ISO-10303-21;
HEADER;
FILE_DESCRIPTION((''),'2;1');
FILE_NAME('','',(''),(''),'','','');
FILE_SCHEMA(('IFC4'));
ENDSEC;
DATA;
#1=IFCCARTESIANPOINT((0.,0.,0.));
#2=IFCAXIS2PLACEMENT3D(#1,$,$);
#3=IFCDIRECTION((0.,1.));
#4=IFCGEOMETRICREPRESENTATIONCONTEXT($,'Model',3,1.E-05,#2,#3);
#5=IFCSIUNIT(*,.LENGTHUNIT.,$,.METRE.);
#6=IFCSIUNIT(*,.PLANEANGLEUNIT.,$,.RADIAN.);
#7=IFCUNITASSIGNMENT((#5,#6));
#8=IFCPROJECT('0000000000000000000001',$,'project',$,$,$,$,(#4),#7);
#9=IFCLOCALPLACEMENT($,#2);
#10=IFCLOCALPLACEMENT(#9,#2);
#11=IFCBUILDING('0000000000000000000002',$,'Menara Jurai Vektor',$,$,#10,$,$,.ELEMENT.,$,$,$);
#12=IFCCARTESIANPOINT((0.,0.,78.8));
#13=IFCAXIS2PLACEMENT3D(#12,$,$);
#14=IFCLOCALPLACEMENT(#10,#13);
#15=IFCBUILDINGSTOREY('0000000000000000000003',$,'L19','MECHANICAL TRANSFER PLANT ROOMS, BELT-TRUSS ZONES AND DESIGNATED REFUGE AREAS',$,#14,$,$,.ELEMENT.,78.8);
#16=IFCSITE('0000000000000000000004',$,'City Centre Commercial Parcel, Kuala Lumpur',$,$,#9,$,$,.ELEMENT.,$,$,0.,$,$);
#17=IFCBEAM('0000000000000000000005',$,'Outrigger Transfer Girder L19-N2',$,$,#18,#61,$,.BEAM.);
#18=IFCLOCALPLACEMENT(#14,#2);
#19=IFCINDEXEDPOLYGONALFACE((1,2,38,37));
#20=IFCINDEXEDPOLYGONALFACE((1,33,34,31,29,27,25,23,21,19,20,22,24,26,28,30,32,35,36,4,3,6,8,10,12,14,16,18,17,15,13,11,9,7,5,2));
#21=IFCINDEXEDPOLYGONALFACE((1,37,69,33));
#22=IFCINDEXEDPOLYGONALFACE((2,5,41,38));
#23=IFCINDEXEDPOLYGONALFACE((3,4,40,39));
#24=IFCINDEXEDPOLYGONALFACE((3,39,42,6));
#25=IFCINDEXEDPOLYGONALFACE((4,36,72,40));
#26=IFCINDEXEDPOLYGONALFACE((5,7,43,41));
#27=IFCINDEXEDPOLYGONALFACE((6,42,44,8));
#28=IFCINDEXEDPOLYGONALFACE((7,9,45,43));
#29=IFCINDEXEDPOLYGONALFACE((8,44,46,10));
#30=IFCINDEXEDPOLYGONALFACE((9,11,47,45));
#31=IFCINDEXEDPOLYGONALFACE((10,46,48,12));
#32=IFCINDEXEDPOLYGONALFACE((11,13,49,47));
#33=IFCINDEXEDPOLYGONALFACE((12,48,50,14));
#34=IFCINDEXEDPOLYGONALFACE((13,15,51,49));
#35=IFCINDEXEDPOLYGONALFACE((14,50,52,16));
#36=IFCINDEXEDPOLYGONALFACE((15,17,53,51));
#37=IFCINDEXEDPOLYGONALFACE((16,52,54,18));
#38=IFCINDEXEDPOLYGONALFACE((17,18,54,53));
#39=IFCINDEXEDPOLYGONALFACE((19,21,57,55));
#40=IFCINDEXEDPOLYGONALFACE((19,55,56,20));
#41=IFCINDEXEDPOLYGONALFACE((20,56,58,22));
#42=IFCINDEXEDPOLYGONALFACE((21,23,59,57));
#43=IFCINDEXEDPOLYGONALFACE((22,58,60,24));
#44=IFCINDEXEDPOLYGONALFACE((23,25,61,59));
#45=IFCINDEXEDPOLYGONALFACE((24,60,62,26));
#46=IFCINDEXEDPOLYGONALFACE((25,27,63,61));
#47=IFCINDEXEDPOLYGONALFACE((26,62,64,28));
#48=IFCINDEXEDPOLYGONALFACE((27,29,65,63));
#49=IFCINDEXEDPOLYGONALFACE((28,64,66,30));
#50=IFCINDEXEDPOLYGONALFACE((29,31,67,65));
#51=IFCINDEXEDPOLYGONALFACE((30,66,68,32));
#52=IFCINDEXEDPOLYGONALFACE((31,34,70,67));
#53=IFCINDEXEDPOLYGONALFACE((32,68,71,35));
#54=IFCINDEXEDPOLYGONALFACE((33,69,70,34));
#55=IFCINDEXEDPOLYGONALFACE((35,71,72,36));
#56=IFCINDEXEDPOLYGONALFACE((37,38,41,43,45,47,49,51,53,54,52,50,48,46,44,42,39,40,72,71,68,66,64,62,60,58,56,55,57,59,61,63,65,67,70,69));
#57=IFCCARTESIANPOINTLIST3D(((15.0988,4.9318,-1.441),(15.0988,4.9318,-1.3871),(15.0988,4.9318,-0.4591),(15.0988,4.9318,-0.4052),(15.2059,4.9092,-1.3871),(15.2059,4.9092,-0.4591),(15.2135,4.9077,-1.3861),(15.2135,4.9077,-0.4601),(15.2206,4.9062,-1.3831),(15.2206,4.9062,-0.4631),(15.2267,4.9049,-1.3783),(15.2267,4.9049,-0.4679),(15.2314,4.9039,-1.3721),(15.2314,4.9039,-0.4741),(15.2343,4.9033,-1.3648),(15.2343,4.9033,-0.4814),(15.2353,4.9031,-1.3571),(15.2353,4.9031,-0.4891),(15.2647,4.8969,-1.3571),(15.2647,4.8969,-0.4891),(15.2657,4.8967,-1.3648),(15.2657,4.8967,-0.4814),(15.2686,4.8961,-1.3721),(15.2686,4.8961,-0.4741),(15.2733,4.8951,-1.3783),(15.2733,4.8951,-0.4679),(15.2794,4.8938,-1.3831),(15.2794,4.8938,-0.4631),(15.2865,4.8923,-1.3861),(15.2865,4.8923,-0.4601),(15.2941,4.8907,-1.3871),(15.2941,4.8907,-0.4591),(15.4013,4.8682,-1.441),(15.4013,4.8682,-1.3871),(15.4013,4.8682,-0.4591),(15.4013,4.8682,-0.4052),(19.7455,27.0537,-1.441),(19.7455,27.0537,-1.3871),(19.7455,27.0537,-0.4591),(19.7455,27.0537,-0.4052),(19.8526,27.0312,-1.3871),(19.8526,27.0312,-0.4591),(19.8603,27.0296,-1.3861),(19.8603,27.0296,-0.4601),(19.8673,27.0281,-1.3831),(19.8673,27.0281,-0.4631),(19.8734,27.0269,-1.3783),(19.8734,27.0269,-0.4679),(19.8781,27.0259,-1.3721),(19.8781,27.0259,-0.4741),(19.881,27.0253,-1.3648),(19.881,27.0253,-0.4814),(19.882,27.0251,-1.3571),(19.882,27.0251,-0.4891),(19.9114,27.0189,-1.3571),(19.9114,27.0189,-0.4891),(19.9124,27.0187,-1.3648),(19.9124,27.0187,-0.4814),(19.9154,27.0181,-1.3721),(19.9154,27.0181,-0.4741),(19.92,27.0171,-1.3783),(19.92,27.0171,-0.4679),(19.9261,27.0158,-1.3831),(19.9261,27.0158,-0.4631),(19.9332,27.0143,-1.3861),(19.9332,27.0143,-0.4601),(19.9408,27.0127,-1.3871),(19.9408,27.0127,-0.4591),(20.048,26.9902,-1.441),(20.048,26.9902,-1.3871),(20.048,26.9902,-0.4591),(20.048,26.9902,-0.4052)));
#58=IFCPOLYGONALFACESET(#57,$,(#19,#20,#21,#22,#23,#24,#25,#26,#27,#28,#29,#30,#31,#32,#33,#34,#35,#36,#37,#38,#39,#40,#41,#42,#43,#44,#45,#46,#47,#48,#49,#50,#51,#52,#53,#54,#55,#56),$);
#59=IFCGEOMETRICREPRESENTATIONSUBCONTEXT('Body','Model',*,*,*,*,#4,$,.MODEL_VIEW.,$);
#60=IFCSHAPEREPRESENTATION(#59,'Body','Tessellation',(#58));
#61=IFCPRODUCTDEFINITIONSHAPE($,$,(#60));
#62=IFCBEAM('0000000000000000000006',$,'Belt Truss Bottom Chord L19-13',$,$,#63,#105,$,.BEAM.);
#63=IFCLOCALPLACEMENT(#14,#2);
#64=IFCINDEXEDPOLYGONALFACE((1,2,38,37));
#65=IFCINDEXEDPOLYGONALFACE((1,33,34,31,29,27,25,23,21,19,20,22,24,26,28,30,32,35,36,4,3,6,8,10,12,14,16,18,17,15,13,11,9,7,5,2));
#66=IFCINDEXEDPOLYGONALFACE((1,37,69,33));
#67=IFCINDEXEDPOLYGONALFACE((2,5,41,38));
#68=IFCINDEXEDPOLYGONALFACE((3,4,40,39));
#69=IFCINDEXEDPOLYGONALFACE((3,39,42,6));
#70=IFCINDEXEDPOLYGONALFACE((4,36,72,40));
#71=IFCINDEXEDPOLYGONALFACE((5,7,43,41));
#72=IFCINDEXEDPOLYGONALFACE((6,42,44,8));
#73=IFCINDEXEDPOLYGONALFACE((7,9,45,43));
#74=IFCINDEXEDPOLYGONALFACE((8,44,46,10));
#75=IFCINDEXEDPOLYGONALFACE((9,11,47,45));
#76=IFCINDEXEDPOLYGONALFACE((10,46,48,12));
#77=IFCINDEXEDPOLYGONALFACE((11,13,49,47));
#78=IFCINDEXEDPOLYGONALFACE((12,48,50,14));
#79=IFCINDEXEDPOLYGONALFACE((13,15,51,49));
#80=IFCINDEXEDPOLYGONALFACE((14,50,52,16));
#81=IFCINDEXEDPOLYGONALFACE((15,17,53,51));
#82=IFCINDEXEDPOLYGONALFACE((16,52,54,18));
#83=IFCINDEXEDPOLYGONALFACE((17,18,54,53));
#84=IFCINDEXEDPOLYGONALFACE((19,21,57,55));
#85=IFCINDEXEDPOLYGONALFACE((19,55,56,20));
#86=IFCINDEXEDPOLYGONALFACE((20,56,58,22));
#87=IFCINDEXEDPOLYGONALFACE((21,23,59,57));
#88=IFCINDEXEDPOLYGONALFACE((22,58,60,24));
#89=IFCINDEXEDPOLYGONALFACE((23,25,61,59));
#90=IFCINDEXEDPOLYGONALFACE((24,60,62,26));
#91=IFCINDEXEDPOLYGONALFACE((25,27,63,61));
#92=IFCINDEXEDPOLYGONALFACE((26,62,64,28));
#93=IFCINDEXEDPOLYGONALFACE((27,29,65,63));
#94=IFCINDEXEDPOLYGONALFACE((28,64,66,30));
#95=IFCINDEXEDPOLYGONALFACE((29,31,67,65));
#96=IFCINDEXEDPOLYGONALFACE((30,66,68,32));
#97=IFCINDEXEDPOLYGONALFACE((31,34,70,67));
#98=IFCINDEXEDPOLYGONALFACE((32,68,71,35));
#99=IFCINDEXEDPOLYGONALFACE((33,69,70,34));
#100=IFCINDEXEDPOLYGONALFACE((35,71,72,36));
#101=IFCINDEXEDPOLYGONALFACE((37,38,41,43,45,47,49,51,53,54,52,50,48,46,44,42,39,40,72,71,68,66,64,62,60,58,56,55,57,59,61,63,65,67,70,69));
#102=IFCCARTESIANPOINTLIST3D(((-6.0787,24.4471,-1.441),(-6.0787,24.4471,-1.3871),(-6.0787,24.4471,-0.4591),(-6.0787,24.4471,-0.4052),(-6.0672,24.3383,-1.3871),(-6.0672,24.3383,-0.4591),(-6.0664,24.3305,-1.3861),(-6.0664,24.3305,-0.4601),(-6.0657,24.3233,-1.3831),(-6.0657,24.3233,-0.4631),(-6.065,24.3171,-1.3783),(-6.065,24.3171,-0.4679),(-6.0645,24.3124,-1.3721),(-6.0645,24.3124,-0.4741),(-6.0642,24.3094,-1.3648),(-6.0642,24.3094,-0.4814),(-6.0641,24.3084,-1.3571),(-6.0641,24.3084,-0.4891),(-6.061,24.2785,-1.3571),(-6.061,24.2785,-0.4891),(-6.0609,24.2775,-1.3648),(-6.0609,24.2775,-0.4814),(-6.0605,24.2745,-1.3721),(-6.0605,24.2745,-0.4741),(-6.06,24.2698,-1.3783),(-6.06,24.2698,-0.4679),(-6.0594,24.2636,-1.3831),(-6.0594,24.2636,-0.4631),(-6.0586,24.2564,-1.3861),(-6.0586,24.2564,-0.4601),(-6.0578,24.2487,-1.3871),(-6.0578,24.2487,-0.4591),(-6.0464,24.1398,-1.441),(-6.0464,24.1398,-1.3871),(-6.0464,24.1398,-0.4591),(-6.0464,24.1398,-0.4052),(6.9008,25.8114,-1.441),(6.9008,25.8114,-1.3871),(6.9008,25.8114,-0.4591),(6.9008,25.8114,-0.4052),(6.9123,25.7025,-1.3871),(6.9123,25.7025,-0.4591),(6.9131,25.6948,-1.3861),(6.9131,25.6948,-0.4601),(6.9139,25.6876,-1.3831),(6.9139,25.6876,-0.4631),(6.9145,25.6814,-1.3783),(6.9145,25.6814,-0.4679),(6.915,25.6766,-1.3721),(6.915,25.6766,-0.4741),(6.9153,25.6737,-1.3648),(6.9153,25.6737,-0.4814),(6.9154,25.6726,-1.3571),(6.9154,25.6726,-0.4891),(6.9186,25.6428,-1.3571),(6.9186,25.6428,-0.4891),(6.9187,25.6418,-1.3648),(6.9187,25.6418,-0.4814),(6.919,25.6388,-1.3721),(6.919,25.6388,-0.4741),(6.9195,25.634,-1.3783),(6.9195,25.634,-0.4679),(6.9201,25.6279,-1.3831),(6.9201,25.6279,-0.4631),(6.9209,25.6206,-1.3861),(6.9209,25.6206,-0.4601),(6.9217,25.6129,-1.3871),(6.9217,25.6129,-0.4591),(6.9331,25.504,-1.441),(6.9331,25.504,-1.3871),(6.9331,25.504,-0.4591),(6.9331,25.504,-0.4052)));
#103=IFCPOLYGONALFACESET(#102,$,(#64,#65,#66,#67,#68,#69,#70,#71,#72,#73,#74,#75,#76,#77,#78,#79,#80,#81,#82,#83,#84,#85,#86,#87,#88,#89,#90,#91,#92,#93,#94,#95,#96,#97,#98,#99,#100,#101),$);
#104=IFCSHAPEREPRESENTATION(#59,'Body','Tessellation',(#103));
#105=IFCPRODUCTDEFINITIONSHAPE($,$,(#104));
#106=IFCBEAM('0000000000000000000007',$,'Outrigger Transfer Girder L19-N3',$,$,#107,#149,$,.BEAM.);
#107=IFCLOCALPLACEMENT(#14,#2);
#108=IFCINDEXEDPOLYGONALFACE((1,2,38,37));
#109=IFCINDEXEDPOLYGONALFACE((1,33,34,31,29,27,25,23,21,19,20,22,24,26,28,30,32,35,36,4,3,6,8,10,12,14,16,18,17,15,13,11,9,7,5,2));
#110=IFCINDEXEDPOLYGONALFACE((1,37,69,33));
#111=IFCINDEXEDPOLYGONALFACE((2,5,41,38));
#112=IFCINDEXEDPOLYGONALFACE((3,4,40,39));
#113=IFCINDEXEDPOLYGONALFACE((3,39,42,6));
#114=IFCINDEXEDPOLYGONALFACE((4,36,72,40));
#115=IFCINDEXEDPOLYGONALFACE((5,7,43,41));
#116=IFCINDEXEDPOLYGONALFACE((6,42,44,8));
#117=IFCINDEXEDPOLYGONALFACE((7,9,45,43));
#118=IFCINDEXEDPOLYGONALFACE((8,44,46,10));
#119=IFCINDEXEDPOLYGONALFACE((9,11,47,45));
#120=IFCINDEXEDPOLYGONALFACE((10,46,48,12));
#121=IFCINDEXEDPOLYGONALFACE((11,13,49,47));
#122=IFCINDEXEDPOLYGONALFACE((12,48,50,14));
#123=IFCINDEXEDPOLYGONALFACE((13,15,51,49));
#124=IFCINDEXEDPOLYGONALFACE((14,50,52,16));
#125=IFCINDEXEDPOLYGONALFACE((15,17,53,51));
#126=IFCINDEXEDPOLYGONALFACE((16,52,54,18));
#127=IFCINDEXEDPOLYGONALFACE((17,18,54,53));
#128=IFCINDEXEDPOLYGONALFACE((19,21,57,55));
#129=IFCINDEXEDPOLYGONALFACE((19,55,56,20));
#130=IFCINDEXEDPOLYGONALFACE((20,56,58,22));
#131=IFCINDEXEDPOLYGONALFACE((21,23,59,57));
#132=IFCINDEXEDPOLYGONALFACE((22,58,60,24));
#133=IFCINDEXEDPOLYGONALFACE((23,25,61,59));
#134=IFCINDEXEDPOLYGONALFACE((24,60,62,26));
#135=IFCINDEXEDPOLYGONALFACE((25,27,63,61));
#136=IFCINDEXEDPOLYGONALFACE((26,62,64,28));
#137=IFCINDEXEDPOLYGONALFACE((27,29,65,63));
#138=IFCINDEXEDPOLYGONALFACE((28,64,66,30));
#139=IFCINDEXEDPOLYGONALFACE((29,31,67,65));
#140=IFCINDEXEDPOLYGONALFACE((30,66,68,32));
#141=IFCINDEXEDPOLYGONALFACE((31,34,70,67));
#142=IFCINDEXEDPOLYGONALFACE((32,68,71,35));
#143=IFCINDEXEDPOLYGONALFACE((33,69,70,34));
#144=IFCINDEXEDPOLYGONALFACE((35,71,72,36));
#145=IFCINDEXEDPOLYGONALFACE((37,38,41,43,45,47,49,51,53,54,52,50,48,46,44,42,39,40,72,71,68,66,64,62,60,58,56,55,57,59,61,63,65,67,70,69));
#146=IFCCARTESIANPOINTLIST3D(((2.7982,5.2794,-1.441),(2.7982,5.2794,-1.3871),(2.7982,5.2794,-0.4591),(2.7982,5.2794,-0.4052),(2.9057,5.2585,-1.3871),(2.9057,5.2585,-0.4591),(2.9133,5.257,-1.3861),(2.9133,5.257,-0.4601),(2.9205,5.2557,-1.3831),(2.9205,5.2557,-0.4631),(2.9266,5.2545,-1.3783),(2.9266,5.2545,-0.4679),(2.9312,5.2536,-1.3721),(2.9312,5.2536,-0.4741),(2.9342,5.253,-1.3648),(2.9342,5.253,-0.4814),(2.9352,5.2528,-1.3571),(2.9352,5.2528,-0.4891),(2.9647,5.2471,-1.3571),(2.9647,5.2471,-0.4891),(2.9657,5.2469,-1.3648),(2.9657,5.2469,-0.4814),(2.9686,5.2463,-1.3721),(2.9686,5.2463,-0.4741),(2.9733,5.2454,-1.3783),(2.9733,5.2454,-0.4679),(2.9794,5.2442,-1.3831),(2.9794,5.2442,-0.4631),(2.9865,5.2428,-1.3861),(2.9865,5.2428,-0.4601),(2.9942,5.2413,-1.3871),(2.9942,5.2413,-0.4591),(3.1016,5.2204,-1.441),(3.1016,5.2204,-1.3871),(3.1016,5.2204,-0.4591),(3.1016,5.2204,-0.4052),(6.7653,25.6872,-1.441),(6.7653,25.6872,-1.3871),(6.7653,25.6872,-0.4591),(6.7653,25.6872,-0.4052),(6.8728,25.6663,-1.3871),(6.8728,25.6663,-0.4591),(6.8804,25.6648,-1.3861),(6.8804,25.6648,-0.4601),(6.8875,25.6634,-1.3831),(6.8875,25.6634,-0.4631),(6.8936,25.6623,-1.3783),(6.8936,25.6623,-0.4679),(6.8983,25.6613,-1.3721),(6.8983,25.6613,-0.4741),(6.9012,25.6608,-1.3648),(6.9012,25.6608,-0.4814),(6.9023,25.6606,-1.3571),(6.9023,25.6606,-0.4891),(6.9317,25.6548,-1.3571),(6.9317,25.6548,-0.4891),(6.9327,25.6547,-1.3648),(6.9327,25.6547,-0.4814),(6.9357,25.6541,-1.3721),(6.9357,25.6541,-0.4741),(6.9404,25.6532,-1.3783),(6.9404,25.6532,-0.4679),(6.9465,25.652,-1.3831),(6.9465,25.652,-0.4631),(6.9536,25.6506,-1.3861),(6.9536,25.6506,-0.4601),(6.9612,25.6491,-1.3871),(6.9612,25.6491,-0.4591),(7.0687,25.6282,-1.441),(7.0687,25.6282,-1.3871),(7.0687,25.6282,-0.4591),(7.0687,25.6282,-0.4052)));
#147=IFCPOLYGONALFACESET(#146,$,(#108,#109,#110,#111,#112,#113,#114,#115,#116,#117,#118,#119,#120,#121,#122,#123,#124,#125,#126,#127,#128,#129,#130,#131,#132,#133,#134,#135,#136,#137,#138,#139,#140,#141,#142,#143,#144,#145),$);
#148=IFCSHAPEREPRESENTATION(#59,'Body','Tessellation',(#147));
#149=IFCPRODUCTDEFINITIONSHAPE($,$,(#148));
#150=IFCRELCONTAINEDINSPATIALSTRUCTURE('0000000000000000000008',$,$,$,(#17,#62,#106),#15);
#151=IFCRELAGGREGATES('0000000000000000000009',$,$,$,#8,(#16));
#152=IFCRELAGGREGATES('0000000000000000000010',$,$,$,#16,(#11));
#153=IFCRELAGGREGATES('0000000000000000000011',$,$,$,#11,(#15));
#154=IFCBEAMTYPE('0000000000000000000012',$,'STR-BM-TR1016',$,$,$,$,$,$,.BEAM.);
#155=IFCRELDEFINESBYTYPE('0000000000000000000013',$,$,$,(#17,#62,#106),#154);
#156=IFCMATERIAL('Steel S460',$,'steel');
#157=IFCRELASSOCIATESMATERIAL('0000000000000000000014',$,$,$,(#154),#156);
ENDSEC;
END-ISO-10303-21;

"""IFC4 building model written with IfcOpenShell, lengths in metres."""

from ifc_helpers import new_model, si_unit, direction, frame, origin, origin_2d, place, context, subcontext, project, spatial, i_section, extrude, material, material_profile, profile_set, type_object, element, save


model = new_model("IFC4")

# Units and contexts
model_context = context("Model", 3, precision=1e-05, world=origin(), true_north=direction((0.0, 1.0)))
body_context = subcontext(model_context, "Body", "Model", "MODEL_VIEW")
ifc_project = project(units=[si_unit("LENGTHUNIT", "METRE"), si_unit("PLANEANGLEUNIT", "RADIAN")], contexts=[model_context])

# Site, building, storey
site_placement = place(None, origin())
site = spatial("IfcSite", under=ifc_project, at=site_placement, Name="City Centre Commercial Parcel, Kuala Lumpur", CompositionType="ELEMENT", RefElevation=0.0)
building_placement = place(site_placement, origin())
building = spatial("IfcBuilding", under=site, at=building_placement, Name="Menara Jurai Vektor", CompositionType="ELEMENT")
storey_placement = place(building_placement, frame((0.0, 0.0, 78.8)))
storey = spatial("IfcBuildingStorey", under=building, at=storey_placement, Name="L19", Description="MECHANICAL TRANSFER PLANT ROOMS, BELT-TRUSS ZONES AND DESIGNATED REFUGE AREAS", CompositionType="ELEMENT", Elevation=78.8)

# Shared definitions
ifc_material_1 = material(Name="Steel S460", Category="steel")

# Beams
ifc_material_profile_1 = material_profile(ifc_material_1, i_section(OverallWidth=0.3091, OverallDepth=1.0359, WebThickness=0.03, FlangeThickness=0.054, FilletRadius=0.03, at=origin_2d()), Name="UKB 1016x305x487")
ifc_profile_set_1 = profile_set([ifc_material_profile_1], Name="Steel S460")
beam_type_1 = type_object("IfcBeamType", Name="STR-BM-TR1016", PredefinedType="BEAM", material=ifc_profile_set_1)
beam_1_placement = place(storey_placement, frame((19.8967, 27.022, -0.9231), z_axis=(-0.205564, -0.978644, 0.0), x_axis=(0.978644, -0.205564, 0.0)))
element("IfcBeam", 1, at=beam_1_placement, inside=storey, type_object=beam_type_1, Name="Outrigger Transfer Girder L19-N2", PredefinedType="BEAM", context=body_context, shape_type="SweptSolid", body=[
    extrude(i_section(OverallWidth=0.3091, OverallDepth=1.0359, WebThickness=0.03, FlangeThickness=0.054, FilletRadius=0.03, at=origin_2d()), origin(), (0.0, 0.0, 1.0), 22.6047),
])
beam_2_placement = place(storey_placement, frame((6.917, 25.6577, -0.9231), z_axis=(-0.994521, -0.104533, 0.0), x_axis=(0.104533, -0.994521, 0.0)))
element("IfcBeam", 2, at=beam_2_placement, inside=storey, type_object=beam_type_1, Name="Belt Truss Bottom Chord L19-13", PredefinedType="BEAM", context=body_context, shape_type="SweptSolid", body=[
    extrude(i_section(OverallWidth=0.3091, OverallDepth=1.0359, WebThickness=0.03, FlangeThickness=0.054, FilletRadius=0.03, at=origin_2d()), origin(), (0.0, 0.0, 1.0), 13.051),
])
beam_3_placement = place(storey_placement, frame((6.917, 25.6577, -0.9231), z_axis=(-0.190817, -0.981626, 0.0), x_axis=(0.981626, -0.190817, 0.0)))
element("IfcBeam", 3, at=beam_3_placement, inside=storey, type_object=beam_type_1, Name="Outrigger Transfer Girder L19-N3", PredefinedType="BEAM", context=body_context, shape_type="SweptSolid", body=[
    extrude(i_section(OverallWidth=0.3091, OverallDepth=1.0359, WebThickness=0.03, FlangeThickness=0.054, FilletRadius=0.03, at=origin_2d()), origin(), (0.0, 0.0, 1.0), 20.7898),
])

save(model, "model.ifc")
